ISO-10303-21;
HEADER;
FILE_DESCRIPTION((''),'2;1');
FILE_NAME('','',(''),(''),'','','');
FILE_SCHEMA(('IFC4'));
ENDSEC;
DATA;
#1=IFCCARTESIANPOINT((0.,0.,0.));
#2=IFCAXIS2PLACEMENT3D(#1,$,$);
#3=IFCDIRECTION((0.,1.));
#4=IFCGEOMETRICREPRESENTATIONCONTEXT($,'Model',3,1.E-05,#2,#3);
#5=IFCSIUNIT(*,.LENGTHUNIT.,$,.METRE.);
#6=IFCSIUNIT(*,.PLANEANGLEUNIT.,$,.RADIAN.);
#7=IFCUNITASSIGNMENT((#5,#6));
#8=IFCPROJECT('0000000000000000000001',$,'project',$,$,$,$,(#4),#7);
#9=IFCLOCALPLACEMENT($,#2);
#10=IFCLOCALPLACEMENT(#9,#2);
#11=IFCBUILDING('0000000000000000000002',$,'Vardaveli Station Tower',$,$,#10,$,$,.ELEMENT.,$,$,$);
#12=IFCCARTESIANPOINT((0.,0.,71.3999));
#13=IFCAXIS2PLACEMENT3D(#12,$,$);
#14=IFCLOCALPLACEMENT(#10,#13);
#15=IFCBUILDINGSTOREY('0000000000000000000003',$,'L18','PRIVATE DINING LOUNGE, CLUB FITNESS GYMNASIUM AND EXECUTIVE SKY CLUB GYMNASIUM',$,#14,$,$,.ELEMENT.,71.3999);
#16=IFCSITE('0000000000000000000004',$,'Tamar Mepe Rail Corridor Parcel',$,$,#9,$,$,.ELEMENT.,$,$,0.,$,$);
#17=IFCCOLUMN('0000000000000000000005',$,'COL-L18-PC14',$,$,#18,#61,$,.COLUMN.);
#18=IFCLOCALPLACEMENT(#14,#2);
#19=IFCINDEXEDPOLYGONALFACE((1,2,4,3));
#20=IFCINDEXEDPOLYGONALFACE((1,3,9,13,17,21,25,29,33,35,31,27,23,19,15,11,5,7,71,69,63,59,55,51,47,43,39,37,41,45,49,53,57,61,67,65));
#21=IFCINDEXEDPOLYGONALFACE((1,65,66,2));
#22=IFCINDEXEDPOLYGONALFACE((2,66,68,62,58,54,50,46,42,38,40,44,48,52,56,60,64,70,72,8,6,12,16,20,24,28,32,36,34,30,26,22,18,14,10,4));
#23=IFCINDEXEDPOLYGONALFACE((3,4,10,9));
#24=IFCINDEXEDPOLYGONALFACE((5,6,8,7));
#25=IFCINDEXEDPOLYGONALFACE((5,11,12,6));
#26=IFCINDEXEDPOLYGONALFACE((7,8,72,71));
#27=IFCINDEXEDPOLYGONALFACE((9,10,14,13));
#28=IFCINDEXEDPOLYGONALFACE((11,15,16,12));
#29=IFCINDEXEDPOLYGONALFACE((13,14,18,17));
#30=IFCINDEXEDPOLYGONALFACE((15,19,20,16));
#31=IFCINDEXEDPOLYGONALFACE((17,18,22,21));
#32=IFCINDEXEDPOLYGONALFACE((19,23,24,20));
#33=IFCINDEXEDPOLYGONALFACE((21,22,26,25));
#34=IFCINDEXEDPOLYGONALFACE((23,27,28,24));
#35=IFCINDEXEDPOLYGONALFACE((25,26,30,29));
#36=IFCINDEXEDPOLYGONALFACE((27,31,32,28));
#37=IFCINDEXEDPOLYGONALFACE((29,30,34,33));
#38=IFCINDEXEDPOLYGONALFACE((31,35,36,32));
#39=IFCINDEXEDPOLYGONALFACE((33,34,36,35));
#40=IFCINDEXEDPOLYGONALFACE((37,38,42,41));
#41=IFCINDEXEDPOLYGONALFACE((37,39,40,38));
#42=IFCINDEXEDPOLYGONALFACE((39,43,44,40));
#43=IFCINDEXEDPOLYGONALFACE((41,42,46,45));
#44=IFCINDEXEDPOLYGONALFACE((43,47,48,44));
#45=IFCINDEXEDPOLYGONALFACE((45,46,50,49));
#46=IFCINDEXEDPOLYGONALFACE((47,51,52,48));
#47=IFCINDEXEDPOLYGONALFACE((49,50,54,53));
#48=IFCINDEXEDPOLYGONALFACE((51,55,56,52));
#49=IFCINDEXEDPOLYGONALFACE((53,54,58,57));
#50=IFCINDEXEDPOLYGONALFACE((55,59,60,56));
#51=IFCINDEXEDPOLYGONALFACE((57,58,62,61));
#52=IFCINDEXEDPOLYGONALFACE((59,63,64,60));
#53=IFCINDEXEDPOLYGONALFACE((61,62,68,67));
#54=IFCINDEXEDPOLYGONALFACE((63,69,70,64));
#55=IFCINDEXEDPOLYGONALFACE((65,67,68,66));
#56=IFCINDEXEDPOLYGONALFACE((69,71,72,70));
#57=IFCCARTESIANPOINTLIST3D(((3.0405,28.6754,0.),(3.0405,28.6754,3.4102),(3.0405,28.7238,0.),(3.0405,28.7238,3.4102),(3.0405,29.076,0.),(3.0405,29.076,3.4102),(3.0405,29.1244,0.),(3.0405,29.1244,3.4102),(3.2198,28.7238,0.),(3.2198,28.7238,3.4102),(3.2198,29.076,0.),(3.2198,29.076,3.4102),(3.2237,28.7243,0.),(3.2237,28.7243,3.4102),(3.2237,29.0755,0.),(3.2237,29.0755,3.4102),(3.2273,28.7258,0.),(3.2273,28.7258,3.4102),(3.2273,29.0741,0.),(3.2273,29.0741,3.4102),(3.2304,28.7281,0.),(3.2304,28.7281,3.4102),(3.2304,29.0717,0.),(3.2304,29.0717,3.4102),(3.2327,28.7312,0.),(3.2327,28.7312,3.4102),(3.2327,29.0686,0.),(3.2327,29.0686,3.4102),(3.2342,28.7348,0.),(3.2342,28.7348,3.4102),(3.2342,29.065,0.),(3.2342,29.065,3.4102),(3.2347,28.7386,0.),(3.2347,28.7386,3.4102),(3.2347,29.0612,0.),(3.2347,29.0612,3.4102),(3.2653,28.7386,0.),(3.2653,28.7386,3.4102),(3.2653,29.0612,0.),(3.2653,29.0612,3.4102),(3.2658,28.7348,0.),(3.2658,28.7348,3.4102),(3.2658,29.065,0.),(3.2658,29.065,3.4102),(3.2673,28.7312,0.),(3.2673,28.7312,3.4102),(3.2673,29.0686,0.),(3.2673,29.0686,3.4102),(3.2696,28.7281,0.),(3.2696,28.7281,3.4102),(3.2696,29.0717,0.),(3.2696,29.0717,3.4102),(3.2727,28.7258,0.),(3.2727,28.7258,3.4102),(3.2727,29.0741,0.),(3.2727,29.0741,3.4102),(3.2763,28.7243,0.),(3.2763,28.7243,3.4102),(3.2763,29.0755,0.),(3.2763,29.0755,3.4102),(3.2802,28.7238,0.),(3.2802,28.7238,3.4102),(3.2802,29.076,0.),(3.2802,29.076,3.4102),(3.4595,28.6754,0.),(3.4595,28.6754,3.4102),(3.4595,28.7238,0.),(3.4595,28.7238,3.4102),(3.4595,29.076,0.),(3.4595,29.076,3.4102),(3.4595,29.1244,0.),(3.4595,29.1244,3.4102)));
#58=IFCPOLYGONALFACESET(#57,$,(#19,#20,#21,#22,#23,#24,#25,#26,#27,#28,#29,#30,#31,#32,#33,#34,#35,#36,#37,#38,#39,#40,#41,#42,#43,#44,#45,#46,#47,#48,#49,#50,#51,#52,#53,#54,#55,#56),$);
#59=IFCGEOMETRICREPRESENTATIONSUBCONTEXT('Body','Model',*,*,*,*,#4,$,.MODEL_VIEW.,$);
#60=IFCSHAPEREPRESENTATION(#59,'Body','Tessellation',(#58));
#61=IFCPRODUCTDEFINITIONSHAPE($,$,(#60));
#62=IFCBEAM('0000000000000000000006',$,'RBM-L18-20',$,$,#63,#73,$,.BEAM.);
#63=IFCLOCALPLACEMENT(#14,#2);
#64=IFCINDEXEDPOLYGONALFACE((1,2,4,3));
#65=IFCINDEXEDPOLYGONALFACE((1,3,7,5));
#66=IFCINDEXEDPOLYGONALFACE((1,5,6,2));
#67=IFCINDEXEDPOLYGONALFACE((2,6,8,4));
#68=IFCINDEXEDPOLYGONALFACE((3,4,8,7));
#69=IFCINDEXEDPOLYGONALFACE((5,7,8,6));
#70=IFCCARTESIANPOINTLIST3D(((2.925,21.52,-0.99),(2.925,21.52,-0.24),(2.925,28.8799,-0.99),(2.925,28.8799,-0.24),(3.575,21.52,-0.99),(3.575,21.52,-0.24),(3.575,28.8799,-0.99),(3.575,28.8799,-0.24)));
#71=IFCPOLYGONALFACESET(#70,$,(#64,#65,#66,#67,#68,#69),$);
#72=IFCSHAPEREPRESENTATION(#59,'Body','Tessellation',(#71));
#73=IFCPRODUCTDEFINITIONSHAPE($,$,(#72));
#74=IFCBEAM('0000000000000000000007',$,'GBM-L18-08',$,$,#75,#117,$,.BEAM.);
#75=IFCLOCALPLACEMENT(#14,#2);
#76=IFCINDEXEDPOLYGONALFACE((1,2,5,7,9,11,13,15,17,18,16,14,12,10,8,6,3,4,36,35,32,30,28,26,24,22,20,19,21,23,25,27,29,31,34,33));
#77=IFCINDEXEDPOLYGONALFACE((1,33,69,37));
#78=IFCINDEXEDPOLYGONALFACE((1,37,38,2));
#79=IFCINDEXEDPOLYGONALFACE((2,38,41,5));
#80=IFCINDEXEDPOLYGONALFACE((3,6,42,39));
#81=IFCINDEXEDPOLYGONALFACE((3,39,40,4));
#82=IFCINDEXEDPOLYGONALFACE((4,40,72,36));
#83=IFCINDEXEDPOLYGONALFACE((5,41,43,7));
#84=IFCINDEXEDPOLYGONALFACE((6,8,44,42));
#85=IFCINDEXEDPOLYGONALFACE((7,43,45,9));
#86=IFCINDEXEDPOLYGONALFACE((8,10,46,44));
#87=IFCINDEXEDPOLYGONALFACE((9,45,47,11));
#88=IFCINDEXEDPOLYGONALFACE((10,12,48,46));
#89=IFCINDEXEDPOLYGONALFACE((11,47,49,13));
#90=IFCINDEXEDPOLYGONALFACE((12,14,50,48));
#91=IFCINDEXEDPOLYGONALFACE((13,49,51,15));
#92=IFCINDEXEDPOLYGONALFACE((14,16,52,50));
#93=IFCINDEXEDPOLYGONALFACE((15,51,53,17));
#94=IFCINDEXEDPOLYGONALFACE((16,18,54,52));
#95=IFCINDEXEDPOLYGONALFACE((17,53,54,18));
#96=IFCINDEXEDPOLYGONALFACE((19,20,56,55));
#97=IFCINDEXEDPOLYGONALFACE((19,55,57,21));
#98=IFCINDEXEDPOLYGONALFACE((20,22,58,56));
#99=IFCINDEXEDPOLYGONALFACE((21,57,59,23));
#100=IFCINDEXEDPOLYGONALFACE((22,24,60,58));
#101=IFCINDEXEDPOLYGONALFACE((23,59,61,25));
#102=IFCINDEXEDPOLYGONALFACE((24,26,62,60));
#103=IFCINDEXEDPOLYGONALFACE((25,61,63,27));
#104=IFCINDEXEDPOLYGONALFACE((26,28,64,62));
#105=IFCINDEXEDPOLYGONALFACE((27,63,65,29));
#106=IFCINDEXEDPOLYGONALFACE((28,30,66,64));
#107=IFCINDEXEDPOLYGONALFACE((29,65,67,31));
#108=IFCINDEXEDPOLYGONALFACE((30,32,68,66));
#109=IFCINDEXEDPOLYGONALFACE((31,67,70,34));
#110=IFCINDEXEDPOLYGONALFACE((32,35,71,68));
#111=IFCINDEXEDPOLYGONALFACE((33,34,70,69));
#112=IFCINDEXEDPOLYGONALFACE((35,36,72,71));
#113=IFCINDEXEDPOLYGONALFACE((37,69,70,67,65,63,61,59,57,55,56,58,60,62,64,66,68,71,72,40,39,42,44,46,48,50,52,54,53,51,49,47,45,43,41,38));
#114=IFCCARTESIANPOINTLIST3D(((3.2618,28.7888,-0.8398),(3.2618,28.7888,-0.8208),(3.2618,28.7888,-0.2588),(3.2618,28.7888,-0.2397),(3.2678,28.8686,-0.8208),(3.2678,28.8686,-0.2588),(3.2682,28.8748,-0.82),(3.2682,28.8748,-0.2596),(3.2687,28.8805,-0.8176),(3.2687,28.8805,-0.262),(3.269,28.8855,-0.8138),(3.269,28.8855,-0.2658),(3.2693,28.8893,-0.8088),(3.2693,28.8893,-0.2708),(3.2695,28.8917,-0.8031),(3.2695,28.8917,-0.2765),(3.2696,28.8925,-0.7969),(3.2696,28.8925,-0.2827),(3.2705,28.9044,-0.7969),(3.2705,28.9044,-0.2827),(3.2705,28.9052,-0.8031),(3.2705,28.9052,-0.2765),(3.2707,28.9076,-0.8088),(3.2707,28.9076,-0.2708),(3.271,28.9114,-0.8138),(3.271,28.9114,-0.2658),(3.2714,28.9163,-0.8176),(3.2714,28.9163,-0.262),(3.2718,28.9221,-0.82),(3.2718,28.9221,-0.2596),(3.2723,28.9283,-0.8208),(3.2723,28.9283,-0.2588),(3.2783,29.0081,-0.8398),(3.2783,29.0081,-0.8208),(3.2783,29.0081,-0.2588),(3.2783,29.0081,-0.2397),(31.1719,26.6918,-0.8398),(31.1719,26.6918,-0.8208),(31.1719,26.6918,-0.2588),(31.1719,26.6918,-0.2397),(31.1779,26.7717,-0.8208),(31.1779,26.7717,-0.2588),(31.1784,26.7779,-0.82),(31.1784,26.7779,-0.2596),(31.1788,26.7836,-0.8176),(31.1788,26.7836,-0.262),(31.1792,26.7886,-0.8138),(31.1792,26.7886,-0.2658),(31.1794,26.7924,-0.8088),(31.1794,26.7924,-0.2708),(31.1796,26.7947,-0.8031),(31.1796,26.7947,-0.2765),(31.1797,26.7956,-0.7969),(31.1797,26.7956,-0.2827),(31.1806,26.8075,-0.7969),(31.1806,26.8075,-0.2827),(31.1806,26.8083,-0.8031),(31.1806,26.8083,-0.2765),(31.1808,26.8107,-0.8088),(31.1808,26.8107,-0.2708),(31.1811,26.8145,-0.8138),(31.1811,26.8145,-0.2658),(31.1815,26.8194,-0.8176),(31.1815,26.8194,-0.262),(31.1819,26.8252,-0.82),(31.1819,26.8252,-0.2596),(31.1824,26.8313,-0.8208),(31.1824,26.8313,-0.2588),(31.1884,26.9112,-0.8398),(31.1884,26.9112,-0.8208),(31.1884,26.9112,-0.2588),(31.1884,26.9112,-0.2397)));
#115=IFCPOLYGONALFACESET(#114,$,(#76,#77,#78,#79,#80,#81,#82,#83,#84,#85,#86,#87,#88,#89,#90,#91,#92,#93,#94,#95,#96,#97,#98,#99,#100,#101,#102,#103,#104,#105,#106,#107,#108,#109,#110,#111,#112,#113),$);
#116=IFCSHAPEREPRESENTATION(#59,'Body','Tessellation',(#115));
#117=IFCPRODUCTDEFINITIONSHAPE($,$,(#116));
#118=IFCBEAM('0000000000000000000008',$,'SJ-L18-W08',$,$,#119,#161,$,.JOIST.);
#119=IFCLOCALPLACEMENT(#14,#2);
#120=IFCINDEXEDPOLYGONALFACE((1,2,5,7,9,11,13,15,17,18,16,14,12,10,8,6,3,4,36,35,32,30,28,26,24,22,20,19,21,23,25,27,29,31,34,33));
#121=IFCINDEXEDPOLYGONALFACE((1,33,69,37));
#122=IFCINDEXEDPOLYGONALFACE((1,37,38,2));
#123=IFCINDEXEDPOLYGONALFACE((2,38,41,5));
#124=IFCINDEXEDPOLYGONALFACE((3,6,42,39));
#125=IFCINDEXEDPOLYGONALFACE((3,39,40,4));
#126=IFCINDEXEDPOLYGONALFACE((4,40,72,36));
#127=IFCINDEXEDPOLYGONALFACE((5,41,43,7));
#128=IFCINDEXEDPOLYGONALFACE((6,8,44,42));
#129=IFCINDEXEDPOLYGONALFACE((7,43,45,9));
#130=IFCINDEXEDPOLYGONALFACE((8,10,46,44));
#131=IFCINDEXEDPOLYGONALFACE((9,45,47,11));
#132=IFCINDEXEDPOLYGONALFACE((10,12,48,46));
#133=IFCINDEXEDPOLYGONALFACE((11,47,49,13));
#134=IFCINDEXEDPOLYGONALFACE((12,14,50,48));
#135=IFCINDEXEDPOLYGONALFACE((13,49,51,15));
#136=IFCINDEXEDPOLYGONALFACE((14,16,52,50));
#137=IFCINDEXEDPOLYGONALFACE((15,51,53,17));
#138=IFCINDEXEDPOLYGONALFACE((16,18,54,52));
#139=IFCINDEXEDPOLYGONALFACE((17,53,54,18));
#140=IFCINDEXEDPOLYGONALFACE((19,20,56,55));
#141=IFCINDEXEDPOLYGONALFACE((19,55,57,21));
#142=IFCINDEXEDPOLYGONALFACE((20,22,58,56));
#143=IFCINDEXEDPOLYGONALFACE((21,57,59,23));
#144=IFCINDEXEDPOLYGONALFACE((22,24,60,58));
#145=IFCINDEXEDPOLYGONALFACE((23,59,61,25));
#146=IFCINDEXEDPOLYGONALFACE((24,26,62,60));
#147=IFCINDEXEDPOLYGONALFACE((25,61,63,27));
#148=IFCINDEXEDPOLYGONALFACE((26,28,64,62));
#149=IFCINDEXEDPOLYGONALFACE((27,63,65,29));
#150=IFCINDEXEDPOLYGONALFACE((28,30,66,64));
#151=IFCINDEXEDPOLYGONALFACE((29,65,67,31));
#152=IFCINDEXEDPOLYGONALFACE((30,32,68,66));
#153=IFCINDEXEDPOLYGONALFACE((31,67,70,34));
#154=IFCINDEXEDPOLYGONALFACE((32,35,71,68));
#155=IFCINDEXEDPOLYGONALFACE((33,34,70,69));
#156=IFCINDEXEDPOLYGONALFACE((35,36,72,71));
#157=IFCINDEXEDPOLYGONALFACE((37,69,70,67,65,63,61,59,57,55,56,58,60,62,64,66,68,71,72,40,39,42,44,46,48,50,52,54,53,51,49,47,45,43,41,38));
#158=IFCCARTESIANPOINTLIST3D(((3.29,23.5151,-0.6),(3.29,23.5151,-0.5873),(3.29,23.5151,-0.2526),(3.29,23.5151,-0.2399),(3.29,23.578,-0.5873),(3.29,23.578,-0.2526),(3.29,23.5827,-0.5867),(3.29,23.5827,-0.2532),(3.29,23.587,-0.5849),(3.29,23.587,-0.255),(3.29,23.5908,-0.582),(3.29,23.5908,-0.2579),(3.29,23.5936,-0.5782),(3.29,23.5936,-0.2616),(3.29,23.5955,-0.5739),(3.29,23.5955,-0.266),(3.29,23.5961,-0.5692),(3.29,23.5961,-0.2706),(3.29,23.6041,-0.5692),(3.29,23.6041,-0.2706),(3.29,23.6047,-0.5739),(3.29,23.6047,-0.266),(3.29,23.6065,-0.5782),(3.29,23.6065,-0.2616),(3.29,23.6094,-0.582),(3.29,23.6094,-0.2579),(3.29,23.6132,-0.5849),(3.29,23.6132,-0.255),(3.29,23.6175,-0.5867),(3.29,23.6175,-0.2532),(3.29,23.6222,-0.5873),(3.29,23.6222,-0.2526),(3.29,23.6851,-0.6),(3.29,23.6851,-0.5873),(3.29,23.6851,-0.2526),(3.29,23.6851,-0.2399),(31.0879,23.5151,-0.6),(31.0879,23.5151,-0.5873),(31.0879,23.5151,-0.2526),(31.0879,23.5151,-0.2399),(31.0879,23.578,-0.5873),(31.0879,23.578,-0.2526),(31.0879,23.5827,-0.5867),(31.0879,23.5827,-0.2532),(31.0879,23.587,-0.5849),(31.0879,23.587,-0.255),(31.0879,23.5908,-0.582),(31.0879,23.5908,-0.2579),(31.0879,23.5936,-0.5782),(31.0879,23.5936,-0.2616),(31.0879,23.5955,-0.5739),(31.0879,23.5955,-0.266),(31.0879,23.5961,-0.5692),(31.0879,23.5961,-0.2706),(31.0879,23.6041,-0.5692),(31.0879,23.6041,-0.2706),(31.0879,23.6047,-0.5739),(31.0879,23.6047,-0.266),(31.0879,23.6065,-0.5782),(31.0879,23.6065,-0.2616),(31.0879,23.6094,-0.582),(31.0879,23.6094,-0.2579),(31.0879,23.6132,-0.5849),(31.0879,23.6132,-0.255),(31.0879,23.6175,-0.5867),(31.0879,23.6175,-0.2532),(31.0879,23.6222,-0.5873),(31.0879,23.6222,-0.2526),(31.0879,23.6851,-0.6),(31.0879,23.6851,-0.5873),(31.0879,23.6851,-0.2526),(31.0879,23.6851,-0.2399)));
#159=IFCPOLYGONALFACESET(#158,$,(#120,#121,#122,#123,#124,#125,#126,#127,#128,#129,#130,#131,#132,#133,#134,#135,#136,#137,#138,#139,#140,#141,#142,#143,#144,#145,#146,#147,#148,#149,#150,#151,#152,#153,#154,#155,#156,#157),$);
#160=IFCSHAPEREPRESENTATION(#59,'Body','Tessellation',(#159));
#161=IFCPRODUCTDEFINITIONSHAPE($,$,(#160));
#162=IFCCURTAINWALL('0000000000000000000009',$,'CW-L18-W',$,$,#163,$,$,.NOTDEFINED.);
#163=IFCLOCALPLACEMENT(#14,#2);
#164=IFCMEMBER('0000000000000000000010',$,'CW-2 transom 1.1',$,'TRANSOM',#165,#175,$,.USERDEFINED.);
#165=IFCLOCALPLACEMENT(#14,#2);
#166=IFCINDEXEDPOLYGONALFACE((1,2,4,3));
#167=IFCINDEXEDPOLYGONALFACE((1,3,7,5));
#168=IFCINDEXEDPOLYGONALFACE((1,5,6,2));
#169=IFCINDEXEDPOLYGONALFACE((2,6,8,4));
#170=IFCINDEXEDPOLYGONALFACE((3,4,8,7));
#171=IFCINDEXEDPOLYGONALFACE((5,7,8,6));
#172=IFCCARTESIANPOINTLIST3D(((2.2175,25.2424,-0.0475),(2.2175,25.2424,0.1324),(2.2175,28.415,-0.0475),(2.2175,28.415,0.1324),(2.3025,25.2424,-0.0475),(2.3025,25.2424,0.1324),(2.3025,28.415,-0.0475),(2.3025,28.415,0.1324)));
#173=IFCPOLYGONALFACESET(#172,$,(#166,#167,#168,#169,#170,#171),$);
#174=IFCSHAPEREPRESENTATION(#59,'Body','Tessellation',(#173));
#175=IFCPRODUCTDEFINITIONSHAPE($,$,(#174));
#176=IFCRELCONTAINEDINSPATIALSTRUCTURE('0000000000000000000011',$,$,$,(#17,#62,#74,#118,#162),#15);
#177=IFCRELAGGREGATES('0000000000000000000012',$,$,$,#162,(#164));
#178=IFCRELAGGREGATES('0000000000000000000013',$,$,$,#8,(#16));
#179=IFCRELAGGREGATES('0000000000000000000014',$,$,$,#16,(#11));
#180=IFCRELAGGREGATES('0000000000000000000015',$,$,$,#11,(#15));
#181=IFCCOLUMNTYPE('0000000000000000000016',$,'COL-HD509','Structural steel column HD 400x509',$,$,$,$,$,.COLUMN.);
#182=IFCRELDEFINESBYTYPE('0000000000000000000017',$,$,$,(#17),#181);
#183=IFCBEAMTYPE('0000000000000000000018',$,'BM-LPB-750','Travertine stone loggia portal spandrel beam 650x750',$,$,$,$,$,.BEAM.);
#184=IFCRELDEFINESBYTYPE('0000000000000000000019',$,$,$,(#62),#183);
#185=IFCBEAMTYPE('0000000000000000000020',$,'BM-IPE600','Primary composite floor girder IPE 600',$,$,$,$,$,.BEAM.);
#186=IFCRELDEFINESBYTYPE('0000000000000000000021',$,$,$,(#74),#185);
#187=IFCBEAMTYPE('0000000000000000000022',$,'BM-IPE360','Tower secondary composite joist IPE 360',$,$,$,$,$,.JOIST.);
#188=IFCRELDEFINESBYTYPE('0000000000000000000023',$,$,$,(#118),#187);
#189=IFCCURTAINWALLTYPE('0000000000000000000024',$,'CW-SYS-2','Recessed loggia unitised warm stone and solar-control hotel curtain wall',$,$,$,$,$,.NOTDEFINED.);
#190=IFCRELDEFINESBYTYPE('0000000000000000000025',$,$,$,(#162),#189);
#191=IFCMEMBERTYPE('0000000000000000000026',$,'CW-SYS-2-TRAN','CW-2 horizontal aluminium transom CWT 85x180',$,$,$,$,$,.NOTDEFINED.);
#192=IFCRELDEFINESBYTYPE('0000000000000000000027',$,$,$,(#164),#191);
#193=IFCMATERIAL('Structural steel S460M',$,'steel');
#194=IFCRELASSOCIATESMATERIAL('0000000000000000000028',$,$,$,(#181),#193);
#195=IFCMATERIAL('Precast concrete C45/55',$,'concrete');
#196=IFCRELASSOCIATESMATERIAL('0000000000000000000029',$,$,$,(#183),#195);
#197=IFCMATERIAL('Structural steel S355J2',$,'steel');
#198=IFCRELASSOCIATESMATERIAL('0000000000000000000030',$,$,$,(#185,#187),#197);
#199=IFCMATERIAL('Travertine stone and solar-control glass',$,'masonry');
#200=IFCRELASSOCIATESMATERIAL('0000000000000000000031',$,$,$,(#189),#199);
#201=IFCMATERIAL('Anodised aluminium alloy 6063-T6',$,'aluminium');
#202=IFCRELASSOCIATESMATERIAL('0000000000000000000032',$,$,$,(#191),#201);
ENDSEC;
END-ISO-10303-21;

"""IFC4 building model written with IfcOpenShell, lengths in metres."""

from ifc_helpers import new_model, si_unit, direction, frame, origin, origin_2d, place, context, subcontext, project, spatial, rectangle, i_section, extrude, source, transform, mapped, material, material_profile, profile_set, type_object, element, aggregate, save


model = new_model("IFC4")

# Units and contexts
model_context = context("Model", 3, precision=1e-05, world=origin(), true_north=direction((0.0, 1.0)))
body_context = subcontext(model_context, "Body", "Model", "MODEL_VIEW")
ifc_project = project(units=[si_unit("LENGTHUNIT", "METRE"), si_unit("PLANEANGLEUNIT", "RADIAN")], contexts=[model_context])

# Site, building, storey
site_placement = place(None, origin())
site = spatial("IfcSite", under=ifc_project, at=site_placement, Name="Tamar Mepe Rail Corridor Parcel", CompositionType="ELEMENT", RefElevation=0.0)
building_placement = place(site_placement, origin())
building = spatial("IfcBuilding", under=site, at=building_placement, Name="Vardaveli Station Tower", CompositionType="ELEMENT")
storey_placement = place(building_placement, frame((0.0, 0.0, 71.3999)))
storey = spatial("IfcBuildingStorey", under=building, at=storey_placement, Name="L18", Description="PRIVATE DINING LOUNGE, CLUB FITNESS GYMNASIUM AND EXECUTIVE SKY CLUB GYMNASIUM", CompositionType="ELEMENT", Elevation=71.3999)

# Column
ifc_material_1 = material(Name="Structural steel S460M", Category="steel")
ifc_material_profile_1 = material_profile(ifc_material_1, i_section(OverallWidth=0.4189, OverallDepth=0.449, WebThickness=0.0305, FlangeThickness=0.0483, FilletRadius=0.0149, at=origin_2d()), Name="HD 400x509")
ifc_profile_set_1 = profile_set([ifc_material_profile_1], Name="Structural steel S460M")
column_type = type_object("IfcColumnType", Name="COL-HD509", Description="Structural steel column HD 400x509", PredefinedType="COLUMN", material=ifc_profile_set_1)
shared_shape_1 = source(origin(), body_context, "Body", "SweptSolid", [
    extrude(i_section(OverallWidth=0.4189, OverallDepth=0.449, WebThickness=0.0305, FlangeThickness=0.0483, FilletRadius=0.0149, at=origin_2d()), origin(), (0.0, 0.0, 1.0), 3.4102),
])
column_placement = place(storey_placement, frame((3.25, 28.8999, 0.0), z_axis=(0.0, 0.0, 1.0), x_axis=(1.0, 0.0, 0.0)))
element("IfcColumn", 1, at=column_placement, inside=storey, type_object=column_type, Name="COL-L18-PC14", PredefinedType="COLUMN", context=body_context, shape_type="MappedRepresentation", body=[
    mapped(shared_shape_1, transform((0.0, 0.0, 0.0), scale=1.0)),
])

# Beams
ifc_material_2 = material(Name="Precast concrete C45/55", Category="concrete")
ifc_material_profile_2 = material_profile(ifc_material_2, rectangle(XDim=0.6499, YDim=0.75, at=origin_2d()), Name="LPB 650x750")
ifc_profile_set_2 = profile_set([ifc_material_profile_2], Name="Precast concrete C45/55")
beam_type_1 = type_object("IfcBeamType", Name="BM-LPB-750", Description="Travertine stone loggia portal spandrel beam 650x750", PredefinedType="BEAM", material=ifc_profile_set_2)
shared_shape_2 = source(origin(), body_context, "Body", "SweptSolid", [
    extrude(rectangle(XDim=0.6499, YDim=0.75, at=origin_2d()), origin(), (0.0, 0.0, 1.0), 7.3599),
])
beam_1_placement = place(storey_placement, frame((3.25, 28.8799, -0.615), z_axis=(0.0, -1.0, 0.0), x_axis=(1.0, 0.0, 0.0)))
element("IfcBeam", 2, at=beam_1_placement, inside=storey, type_object=beam_type_1, Name="RBM-L18-20", PredefinedType="BEAM", context=body_context, shape_type="MappedRepresentation", body=[
    mapped(shared_shape_2, transform((0.0, 0.0, 0.0), scale=1.0)),
])
ifc_material_3 = material(Name="Structural steel S355J2", Category="steel")
ifc_material_profile_3 = material_profile(ifc_material_3, i_section(OverallWidth=0.22, OverallDepth=0.6001, WebThickness=0.012, FlangeThickness=0.019, FilletRadius=0.0239, at=origin_2d()), Name="IPE 600")
ifc_profile_set_3 = profile_set([ifc_material_profile_3], Name="Structural steel S355J2")
beam_type_2 = type_object("IfcBeamType", Name="BM-IPE600", Description="Primary composite floor girder IPE 600", PredefinedType="BEAM", material=ifc_profile_set_3)
shared_shape_3 = source(origin(), body_context, "Body", "SweptSolid", [
    extrude(i_section(OverallWidth=0.22, OverallDepth=0.6001, WebThickness=0.012, FlangeThickness=0.019, FilletRadius=0.0239, at=origin_2d()), origin(), (0.0, 0.0, 1.0), 27.9888),
])
beam_2_placement = place(storey_placement, frame((3.27, 28.8984, -0.5398), z_axis=(0.99719, -0.07492, 0.0), x_axis=(0.07492, 0.99719, 0.0)))
element("IfcBeam", 3, at=beam_2_placement, inside=storey, type_object=beam_type_2, Name="GBM-L18-08", PredefinedType="BEAM", context=body_context, shape_type="MappedRepresentation", body=[
    mapped(shared_shape_3, transform((0.0, 0.0, 0.0), scale=1.0)),
])
ifc_material_profile_4 = material_profile(ifc_material_3, i_section(OverallWidth=0.1699, OverallDepth=0.3601, WebThickness=0.0081, FlangeThickness=0.0127, FilletRadius=0.0181, at=origin_2d()), Name="IPE 360")
ifc_profile_set_4 = profile_set([ifc_material_profile_4], Name="Structural steel S355J2")
beam_type_3 = type_object("IfcBeamType", Name="BM-IPE360", Description="Tower secondary composite joist IPE 360", PredefinedType="JOIST", material=ifc_profile_set_4)
shared_shape_4 = source(origin(), body_context, "Body", "SweptSolid", [
    extrude(i_section(OverallWidth=0.1699, OverallDepth=0.3601, WebThickness=0.0081, FlangeThickness=0.0127, FilletRadius=0.0181, at=origin_2d()), origin(), (0.0, 0.0, 1.0), 27.7979),
])
beam_3_placement = place(storey_placement, frame((3.29, 23.6001, -0.4199), z_axis=(1.0, 0.0, 0.0), x_axis=(0.0, 1.0, 0.0)))
element("IfcBeam", 4, at=beam_3_placement, inside=storey, type_object=beam_type_3, Name="SJ-L18-W08", PredefinedType="JOIST", context=body_context, shape_type="MappedRepresentation", body=[
    mapped(shared_shape_4, transform((0.0, 0.0, 0.0), scale=1.0)),
])

# Curtain wall, member
ifc_material_4 = material(Name="Travertine stone and solar-control glass", Category="masonry")
curtain_wall_type = type_object("IfcCurtainWallType", Name="CW-SYS-2", Description="Recessed loggia unitised warm stone and solar-control hotel curtain wall", PredefinedType="NOTDEFINED", material=ifc_material_4)
curtain_wall_placement = place(storey_placement, origin())
curtain_wall = element("IfcCurtainWall", 5, at=curtain_wall_placement, inside=storey, type_object=curtain_wall_type, Name="CW-L18-W", PredefinedType="NOTDEFINED")
ifc_material_5 = material(Name="Anodised aluminium alloy 6063-T6", Category="aluminium")
ifc_material_profile_5 = material_profile(ifc_material_5, rectangle(XDim=0.085, YDim=0.1799, at=origin_2d()), Name="CWT 85x180")
ifc_profile_set_5 = profile_set([ifc_material_profile_5], Name="Anodised aluminium alloy 6063-T6")
member_type_1 = type_object("IfcMemberType", Name="CW-SYS-2-TRAN", Description="CW-2 horizontal aluminium transom CWT 85x180", PredefinedType="NOTDEFINED", material=ifc_profile_set_5)
shared_shape_5 = source(origin(), body_context, "Body", "SweptSolid", [
    extrude(rectangle(XDim=0.085, YDim=0.1799, at=origin_2d()), origin(), (0.0, 0.0, 1.0), 3.1726),
])
member_1_placement = place(storey_placement, frame((2.26, 28.415, 0.0425), z_axis=(0.0, -1.0, 0.0), x_axis=(1.0, 0.0, 0.0)))
member_1 = element("IfcMember", 6, at=member_1_placement, type_object=member_type_1, Name="CW-2 transom 1.1", ObjectType="TRANSOM", PredefinedType="USERDEFINED", context=body_context, shape_type="MappedRepresentation", body=[
    mapped(shared_shape_5, transform((0.0, 0.0, 0.0), scale=1.0)),
])
aggregate(curtain_wall, [member_1])

save(model, "model.ifc")
